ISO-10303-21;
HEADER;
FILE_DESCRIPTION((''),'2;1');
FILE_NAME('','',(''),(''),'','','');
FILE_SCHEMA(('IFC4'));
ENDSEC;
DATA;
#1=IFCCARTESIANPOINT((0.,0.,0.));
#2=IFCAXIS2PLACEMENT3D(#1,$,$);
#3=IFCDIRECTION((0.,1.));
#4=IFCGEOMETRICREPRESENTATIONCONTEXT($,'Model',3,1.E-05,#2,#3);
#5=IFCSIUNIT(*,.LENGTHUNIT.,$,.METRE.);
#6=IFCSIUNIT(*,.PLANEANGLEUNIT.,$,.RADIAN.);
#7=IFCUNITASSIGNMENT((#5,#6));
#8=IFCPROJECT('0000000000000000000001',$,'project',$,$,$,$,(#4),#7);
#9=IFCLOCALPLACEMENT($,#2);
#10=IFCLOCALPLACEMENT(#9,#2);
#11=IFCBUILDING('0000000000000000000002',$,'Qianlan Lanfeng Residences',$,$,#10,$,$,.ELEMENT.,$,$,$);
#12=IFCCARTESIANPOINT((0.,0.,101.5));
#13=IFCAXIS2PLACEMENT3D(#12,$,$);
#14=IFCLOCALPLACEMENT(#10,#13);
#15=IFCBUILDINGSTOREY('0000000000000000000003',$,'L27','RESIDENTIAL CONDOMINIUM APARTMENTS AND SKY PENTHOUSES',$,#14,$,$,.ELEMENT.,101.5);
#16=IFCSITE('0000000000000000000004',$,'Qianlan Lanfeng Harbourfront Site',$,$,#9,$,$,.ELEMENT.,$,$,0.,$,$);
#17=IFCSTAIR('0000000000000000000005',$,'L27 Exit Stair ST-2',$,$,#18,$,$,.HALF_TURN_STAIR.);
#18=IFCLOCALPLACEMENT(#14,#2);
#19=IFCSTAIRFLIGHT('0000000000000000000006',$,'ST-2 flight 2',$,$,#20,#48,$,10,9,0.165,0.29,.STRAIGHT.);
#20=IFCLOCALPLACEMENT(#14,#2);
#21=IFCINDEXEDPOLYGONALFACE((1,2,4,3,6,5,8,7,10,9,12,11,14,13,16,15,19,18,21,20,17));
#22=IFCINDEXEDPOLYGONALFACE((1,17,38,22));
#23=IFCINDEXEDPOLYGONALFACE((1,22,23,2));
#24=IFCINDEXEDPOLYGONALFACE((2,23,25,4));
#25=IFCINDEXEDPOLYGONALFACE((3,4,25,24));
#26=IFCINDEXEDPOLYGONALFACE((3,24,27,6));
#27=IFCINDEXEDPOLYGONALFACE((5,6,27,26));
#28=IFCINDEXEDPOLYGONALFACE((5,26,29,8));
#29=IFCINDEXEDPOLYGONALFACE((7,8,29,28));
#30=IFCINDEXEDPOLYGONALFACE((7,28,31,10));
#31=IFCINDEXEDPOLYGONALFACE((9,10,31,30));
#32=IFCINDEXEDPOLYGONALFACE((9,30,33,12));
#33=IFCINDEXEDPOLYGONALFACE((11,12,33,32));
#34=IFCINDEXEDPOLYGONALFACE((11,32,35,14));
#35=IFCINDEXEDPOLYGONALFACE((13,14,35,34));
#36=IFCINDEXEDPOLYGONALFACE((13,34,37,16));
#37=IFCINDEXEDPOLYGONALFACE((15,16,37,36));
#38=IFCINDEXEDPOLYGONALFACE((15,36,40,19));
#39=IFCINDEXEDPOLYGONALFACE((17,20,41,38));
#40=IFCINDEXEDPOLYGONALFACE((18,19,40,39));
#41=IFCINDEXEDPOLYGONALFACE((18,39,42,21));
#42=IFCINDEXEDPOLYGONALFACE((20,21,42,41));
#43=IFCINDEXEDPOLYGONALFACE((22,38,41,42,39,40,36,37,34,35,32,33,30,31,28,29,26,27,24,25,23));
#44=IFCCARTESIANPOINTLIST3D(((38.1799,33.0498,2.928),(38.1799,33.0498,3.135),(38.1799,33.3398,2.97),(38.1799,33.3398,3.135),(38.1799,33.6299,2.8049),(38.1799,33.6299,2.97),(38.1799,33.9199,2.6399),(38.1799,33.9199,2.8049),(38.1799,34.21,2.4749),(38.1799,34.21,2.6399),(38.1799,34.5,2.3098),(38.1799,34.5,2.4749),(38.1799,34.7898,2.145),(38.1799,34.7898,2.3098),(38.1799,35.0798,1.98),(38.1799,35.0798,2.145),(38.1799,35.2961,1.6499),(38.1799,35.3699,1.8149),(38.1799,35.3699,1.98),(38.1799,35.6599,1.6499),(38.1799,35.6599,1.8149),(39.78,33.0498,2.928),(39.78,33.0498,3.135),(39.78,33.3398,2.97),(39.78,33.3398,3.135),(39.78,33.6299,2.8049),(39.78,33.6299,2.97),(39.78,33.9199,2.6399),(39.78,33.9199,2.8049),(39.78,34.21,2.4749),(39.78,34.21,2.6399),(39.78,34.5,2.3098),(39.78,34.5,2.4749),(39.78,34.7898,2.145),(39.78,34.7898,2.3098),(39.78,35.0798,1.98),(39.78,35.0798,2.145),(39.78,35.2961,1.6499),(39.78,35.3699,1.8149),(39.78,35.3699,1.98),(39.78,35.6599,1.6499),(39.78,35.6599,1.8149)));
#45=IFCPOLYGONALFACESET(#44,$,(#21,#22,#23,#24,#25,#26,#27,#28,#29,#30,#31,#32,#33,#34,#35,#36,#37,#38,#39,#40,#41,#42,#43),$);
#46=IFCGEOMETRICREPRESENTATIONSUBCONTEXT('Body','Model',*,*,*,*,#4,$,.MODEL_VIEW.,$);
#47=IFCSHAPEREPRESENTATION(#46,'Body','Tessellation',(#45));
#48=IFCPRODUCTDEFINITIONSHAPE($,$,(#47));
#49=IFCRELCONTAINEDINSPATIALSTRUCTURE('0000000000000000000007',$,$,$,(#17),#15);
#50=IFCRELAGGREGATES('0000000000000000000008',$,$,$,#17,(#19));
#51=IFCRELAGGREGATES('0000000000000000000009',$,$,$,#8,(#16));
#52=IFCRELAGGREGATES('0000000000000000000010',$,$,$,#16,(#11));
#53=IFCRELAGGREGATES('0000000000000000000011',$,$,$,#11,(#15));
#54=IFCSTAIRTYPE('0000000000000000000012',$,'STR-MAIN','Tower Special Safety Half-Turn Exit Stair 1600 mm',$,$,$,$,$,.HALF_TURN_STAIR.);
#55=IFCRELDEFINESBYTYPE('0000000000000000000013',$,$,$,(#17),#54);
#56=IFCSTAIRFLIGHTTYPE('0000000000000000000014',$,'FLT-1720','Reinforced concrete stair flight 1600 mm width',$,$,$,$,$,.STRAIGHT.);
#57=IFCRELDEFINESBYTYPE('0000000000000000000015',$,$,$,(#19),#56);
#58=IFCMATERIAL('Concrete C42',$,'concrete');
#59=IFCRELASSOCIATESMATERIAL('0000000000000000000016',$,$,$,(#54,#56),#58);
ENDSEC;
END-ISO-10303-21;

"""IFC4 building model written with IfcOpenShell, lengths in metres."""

from ifc_helpers import new_model, si_unit, direction, frame, origin, place, context, subcontext, project, spatial, polyline, outline, extrude, material, type_object, element, aggregate, save


model = new_model("IFC4")

# Units and contexts
model_context = context("Model", 3, precision=1e-05, world=origin(), true_north=direction((0.0, 1.0)))
body_context = subcontext(model_context, "Body", "Model", "MODEL_VIEW")
ifc_project = project(units=[si_unit("LENGTHUNIT", "METRE"), si_unit("PLANEANGLEUNIT", "RADIAN")], contexts=[model_context])

# Site, building, storey
site_placement = place(None, origin())
site = spatial("IfcSite", under=ifc_project, at=site_placement, Name="Qianlan Lanfeng Harbourfront Site", CompositionType="ELEMENT", RefElevation=0.0)
building_placement = place(site_placement, origin())
building = spatial("IfcBuilding", under=site, at=building_placement, Name="Qianlan Lanfeng Residences", CompositionType="ELEMENT")
storey_placement = place(building_placement, frame((0.0, 0.0, 101.5)))
storey = spatial("IfcBuildingStorey", under=building, at=storey_placement, Name="L27", Description="RESIDENTIAL CONDOMINIUM APARTMENTS AND SKY PENTHOUSES", CompositionType="ELEMENT", Elevation=101.5)

# Shared definitions
ifc_material_1 = material(Name="Concrete C42", Category="concrete")

# Stair, stair flight
stair_type = type_object("IfcStairType", Name="STR-MAIN", Description="Tower Special Safety Half-Turn Exit Stair 1600 mm", PredefinedType="HALF_TURN_STAIR", material=ifc_material_1)
stair_placement = place(storey_placement, origin())
stair = element("IfcStair", 1, at=stair_placement, inside=storey, type_object=stair_type, Name="L27 Exit Stair ST-2", PredefinedType="HALF_TURN_STAIR")
stair_flight_type = type_object("IfcStairFlightType", Name="FLT-1720", Description="Reinforced concrete stair flight 1600 mm width", PredefinedType="STRAIGHT", material=ifc_material_1)
stair_flight_1_placement = place(storey_placement, frame((38.98, 35.6599, 1.6499), z_axis=(0.0, 0.0, 1.0), x_axis=(0.0, -1.0, 0.0)))
stair_flight_1 = element("IfcStairFlight", 2, at=stair_flight_1_placement, type_object=stair_flight_type, Name="ST-2 flight 2", NumberOfRisers=10, NumberOfTreads=9, PredefinedType="STRAIGHT", RiserHeight=0.165, TreadLength=0.29, context=body_context, shape_type="SweptSolid", body=[
    extrude(outline(polyline([(0.0, 0.0), (0.0, 0.165), (0.29, 0.165), (0.29, 0.3301), (0.5801, 0.3301), (0.5801, 0.4951), (0.8701, 0.4951), (0.8701, 0.6599), (1.1599, 0.6599), (1.1599, 0.825), (1.45, 0.825), (1.45, 0.99), (1.74, 0.99), (1.74, 1.155), (2.03, 1.155), (2.03, 1.3201), (2.3201, 1.3201), (2.3201, 1.4851), (2.6101, 1.4851), (2.6101, 1.6499), (2.6101, 1.2781), (0.3638, 0.0), (0.0, 0.0)])), frame((0.0, 0.8, 0.0), z_axis=(0.0, -1.0, 0.0), x_axis=(1.0, 0.0, 0.0)), (0.0, 0.0, 1.0), 1.6001),
])
aggregate(stair, [stair_flight_1])

save(model, "model.ifc")
